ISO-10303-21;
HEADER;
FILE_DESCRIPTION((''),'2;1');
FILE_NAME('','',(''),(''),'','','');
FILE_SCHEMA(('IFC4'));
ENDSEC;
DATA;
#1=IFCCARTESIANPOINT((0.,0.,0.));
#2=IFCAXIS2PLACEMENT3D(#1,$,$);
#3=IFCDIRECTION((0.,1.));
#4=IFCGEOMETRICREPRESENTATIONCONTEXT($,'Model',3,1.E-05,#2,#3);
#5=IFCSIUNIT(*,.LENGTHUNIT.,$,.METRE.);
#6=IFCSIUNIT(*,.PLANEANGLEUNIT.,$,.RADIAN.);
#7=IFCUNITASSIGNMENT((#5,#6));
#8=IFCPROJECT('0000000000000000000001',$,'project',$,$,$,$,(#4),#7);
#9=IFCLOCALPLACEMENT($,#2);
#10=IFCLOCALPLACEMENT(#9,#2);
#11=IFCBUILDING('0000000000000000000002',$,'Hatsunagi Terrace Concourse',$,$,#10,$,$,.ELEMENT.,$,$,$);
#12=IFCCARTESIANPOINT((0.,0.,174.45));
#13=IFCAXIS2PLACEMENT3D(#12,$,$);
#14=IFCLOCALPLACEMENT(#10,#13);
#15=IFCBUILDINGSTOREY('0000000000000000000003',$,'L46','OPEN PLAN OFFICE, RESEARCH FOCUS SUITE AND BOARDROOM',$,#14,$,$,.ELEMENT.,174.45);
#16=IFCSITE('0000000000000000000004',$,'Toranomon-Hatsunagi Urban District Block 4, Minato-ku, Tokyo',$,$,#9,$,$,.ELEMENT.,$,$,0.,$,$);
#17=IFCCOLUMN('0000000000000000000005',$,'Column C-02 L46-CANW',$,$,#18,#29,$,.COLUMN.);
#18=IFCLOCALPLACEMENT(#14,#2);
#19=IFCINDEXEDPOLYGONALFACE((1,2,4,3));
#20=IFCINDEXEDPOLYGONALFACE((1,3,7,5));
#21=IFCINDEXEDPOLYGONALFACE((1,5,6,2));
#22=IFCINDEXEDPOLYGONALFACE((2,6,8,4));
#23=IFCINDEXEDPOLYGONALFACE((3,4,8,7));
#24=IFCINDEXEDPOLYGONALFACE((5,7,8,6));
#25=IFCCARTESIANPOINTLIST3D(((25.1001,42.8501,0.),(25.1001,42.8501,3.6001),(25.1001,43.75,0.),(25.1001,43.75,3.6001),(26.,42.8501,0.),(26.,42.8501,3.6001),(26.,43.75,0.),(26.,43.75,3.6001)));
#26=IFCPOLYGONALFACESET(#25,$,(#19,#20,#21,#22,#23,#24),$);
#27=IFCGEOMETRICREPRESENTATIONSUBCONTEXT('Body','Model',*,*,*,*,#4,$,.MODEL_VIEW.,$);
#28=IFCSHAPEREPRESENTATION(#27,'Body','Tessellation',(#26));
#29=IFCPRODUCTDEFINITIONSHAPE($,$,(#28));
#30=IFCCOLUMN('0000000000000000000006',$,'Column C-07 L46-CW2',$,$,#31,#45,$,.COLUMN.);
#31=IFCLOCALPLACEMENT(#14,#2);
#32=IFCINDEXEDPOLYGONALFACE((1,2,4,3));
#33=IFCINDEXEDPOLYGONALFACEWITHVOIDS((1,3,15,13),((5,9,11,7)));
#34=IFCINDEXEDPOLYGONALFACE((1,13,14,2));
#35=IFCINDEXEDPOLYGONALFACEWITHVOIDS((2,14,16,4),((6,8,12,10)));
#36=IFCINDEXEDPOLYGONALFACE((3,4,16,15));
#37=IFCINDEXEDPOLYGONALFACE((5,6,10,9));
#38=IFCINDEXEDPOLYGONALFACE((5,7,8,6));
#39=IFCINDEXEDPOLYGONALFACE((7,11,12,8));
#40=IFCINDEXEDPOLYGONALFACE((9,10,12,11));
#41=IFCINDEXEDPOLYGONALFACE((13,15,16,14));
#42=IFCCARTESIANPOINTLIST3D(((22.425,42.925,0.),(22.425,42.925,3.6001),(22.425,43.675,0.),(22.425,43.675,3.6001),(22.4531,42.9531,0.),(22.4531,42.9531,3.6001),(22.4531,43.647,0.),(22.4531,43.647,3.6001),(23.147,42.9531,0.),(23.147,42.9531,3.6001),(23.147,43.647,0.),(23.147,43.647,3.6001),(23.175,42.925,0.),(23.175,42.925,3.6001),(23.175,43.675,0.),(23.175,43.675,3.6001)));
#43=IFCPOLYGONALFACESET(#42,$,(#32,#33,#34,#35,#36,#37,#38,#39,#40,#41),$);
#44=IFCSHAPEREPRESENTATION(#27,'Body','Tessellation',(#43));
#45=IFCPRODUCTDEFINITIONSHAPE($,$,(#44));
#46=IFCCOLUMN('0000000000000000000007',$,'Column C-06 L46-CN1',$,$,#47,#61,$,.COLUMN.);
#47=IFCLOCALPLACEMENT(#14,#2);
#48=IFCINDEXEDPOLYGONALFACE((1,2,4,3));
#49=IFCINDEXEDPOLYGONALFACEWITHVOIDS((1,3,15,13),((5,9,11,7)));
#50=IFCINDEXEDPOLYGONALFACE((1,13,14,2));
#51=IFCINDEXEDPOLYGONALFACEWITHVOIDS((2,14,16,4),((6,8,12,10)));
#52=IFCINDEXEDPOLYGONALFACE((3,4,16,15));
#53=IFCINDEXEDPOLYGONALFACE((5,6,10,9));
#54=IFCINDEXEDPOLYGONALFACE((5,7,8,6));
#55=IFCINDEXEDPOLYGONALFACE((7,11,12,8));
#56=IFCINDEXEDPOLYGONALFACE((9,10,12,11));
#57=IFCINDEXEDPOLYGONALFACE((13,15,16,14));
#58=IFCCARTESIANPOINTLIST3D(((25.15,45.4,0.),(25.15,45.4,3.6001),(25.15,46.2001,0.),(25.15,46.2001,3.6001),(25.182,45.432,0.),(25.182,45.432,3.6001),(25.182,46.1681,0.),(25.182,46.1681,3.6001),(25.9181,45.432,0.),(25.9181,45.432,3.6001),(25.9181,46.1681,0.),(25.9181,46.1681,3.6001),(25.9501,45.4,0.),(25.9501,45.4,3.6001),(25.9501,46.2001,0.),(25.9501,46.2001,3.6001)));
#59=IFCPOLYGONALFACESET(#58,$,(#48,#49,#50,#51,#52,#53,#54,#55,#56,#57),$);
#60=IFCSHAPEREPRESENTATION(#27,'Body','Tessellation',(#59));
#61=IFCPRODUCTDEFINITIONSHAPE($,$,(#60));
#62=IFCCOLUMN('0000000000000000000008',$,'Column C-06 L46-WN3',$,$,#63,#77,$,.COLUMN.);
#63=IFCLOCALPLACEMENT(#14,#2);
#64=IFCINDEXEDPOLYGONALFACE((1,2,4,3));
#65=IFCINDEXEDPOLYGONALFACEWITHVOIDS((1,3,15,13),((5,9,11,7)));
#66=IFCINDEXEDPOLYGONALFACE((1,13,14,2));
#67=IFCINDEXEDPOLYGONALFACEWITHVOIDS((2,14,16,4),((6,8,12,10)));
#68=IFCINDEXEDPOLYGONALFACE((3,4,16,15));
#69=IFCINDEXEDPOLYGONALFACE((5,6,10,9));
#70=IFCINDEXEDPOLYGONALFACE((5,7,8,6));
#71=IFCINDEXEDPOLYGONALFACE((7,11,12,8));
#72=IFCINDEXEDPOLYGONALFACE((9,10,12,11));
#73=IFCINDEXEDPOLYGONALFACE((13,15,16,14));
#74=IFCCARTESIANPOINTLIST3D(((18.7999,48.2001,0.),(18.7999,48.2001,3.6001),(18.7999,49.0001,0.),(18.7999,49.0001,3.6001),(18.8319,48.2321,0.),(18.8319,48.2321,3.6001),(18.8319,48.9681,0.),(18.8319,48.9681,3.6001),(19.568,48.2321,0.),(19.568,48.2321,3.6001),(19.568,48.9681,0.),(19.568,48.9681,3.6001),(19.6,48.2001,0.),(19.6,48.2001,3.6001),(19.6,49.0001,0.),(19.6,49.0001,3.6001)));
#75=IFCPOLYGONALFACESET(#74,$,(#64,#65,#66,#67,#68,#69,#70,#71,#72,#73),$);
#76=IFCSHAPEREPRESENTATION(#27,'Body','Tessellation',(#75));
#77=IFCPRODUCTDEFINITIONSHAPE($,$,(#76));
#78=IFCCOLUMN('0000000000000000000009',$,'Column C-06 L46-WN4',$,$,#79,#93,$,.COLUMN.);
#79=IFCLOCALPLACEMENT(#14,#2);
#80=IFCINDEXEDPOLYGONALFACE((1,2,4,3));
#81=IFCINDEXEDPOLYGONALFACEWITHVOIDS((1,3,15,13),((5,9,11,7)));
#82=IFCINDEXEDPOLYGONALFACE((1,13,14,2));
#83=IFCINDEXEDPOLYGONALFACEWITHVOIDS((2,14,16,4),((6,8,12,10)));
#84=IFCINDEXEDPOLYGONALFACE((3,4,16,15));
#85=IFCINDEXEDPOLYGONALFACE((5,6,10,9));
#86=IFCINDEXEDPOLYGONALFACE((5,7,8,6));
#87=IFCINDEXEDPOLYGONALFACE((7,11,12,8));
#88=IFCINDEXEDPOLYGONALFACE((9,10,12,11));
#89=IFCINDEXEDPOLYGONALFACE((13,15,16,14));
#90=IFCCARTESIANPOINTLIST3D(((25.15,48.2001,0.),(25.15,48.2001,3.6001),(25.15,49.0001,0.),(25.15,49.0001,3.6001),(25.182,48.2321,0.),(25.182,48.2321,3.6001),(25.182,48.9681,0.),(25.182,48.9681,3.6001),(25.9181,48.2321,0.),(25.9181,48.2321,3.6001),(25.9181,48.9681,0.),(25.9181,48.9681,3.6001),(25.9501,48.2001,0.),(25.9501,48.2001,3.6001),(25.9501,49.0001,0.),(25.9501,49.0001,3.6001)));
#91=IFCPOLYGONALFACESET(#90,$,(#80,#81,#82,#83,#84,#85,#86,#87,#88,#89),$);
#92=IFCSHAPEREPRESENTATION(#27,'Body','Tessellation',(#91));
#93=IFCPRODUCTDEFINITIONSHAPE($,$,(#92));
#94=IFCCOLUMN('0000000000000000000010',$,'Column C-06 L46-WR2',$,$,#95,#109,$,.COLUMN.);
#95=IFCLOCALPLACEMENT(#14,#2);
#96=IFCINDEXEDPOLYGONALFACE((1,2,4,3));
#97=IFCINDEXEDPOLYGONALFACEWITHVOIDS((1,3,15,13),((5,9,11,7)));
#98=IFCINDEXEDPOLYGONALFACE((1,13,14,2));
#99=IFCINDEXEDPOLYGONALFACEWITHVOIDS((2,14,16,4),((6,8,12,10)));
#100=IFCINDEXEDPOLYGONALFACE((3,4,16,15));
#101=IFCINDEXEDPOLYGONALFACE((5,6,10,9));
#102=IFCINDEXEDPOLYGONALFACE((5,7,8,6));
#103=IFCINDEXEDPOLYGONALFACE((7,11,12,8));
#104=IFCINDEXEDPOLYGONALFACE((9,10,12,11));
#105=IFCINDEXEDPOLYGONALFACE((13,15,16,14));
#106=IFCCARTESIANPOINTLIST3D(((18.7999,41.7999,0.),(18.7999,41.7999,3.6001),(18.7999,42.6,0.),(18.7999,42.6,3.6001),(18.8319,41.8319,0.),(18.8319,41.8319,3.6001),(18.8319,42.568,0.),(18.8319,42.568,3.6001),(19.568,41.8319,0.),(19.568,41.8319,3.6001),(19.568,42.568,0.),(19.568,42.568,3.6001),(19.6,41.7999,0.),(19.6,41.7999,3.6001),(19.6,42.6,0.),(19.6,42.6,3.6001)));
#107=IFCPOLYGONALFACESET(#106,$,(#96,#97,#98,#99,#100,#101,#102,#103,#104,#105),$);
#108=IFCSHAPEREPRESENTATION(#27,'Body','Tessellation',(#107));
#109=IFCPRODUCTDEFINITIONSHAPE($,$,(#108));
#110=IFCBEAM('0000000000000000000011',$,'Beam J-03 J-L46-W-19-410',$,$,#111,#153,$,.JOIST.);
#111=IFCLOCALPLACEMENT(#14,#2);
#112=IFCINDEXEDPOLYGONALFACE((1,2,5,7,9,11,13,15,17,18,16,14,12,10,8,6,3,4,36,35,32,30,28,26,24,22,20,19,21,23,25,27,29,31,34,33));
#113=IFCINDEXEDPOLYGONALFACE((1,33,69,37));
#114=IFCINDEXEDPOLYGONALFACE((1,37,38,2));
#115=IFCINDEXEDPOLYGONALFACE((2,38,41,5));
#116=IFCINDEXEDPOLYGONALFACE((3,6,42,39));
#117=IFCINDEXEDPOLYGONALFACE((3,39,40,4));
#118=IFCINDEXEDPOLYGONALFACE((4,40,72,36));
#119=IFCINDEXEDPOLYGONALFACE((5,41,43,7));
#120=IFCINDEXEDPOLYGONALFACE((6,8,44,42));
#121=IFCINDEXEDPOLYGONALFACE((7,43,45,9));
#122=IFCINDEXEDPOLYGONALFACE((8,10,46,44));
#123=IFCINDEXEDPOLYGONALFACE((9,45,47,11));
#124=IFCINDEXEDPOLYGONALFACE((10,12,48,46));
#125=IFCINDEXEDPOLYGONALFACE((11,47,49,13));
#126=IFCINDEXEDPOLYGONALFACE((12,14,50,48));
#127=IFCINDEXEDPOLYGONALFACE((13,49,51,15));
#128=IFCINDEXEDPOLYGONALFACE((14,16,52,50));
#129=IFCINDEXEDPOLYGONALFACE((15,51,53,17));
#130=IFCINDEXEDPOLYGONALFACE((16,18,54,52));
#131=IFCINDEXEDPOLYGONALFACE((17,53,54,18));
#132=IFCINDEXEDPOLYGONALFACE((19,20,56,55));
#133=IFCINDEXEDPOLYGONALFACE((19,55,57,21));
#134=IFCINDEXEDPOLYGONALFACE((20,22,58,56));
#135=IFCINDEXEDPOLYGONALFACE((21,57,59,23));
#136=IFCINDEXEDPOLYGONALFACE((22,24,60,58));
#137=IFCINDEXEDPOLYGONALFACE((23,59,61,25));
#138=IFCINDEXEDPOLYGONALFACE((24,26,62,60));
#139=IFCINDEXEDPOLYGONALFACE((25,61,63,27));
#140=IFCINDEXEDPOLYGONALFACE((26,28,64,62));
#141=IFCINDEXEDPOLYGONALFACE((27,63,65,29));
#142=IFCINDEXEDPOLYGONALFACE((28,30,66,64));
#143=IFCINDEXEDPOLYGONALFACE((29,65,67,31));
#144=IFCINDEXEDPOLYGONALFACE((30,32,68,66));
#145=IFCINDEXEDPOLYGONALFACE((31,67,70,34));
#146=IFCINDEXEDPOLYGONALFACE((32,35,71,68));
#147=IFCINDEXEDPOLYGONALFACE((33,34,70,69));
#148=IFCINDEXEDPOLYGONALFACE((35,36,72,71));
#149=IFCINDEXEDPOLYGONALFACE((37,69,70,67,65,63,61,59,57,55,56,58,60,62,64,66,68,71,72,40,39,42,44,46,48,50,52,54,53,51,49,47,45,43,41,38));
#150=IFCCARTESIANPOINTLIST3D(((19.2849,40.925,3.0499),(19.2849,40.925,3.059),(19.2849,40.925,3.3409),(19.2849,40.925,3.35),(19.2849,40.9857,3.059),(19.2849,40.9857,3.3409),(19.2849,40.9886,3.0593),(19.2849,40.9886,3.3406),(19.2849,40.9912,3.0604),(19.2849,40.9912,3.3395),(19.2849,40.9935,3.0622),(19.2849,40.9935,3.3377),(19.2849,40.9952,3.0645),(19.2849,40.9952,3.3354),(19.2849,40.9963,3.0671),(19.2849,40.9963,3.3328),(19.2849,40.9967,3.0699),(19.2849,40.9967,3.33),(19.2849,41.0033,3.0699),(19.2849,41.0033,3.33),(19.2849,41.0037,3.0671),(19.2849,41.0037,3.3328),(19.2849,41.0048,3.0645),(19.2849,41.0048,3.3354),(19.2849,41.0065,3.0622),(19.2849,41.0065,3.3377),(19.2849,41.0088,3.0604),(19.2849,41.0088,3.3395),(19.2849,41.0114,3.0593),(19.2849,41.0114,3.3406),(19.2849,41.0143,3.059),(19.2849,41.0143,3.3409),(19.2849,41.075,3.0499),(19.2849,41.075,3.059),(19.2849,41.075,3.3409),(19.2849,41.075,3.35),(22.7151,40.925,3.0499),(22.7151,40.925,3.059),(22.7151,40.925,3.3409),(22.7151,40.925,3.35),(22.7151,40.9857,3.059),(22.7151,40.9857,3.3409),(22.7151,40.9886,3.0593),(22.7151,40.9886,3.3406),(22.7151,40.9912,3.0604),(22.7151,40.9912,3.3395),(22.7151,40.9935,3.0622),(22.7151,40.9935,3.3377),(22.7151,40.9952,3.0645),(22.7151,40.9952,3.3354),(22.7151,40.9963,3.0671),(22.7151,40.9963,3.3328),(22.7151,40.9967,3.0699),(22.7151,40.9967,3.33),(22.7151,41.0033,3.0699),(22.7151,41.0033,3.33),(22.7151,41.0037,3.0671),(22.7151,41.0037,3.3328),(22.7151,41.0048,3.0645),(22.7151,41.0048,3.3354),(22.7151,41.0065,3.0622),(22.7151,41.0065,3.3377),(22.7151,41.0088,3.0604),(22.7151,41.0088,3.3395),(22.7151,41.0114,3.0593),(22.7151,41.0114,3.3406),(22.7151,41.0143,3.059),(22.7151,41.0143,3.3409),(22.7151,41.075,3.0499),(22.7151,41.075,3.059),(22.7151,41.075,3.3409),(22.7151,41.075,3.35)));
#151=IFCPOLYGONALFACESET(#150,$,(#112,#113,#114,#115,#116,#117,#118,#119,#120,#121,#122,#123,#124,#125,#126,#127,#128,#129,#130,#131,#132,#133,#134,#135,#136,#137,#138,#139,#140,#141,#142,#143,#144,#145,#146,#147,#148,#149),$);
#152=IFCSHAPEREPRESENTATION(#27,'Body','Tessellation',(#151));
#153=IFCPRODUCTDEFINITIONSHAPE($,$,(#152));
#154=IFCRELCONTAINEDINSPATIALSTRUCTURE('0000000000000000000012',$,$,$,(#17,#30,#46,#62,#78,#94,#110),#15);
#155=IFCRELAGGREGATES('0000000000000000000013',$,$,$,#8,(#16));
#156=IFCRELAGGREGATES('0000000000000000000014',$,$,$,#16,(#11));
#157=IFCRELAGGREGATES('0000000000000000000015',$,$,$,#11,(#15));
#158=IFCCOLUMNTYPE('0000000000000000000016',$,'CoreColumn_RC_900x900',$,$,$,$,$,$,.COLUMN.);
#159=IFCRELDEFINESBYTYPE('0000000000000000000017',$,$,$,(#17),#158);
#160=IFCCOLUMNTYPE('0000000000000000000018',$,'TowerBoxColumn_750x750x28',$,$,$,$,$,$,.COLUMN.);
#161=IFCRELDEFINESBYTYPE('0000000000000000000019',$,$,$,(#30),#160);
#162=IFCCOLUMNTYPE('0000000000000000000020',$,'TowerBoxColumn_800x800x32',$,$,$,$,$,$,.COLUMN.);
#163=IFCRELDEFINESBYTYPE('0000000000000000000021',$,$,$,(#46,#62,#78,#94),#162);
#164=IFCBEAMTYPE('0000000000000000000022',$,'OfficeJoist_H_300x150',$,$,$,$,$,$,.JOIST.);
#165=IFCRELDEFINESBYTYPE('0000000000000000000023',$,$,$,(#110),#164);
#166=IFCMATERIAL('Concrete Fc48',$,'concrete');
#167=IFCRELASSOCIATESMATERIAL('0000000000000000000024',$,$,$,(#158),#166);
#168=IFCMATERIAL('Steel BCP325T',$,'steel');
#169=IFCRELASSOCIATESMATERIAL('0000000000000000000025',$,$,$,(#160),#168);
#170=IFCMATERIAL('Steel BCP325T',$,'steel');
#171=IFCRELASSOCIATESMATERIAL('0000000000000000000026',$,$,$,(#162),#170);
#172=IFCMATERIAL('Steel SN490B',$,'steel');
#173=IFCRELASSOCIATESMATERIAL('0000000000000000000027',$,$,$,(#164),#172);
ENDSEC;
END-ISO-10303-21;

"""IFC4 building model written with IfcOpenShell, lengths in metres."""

from ifc_helpers import new_model, si_unit, direction, frame, origin, origin_2d, place, context, subcontext, project, spatial, rectangle, hollow_rectangle, i_section, extrude, material, material_profile, profile_set, type_object, element, save


model = new_model("IFC4")

# Units and contexts
model_context = context("Model", 3, precision=1e-05, world=origin(), true_north=direction((0.0, 1.0)))
body_context = subcontext(model_context, "Body", "Model", "MODEL_VIEW")
ifc_project = project(units=[si_unit("LENGTHUNIT", "METRE"), si_unit("PLANEANGLEUNIT", "RADIAN")], contexts=[model_context])

# Site, building, storey
site_placement = place(None, origin())
site = spatial("IfcSite", under=ifc_project, at=site_placement, Name="Toranomon-Hatsunagi Urban District Block 4, Minato-ku, Tokyo", CompositionType="ELEMENT", RefElevation=0.0)
building_placement = place(site_placement, origin())
building = spatial("IfcBuilding", under=site, at=building_placement, Name="Hatsunagi Terrace Concourse", CompositionType="ELEMENT")
storey_placement = place(building_placement, frame((0.0, 0.0, 174.45)))
storey = spatial("IfcBuildingStorey", under=building, at=storey_placement, Name="L46", Description="OPEN PLAN OFFICE, RESEARCH FOCUS SUITE AND BOARDROOM", CompositionType="ELEMENT", Elevation=174.45)

# Columns
ifc_material_1 = material(Name="Concrete Fc48", Category="concrete")
ifc_material_profile_1 = material_profile(ifc_material_1, rectangle(XDim=0.8999, YDim=0.8999, at=origin_2d()), Name="RC-900x900")
ifc_profile_set_1 = profile_set([ifc_material_profile_1], Name="Concrete Fc48")
column_type_1 = type_object("IfcColumnType", Name="CoreColumn_RC_900x900", PredefinedType="COLUMN", material=ifc_profile_set_1)
column_1_placement = place(storey_placement, frame((25.55, 43.3, 0.0), z_axis=(0.0, 0.0, 1.0), x_axis=(1.0, 0.0, 0.0)))
element("IfcColumn", 1, at=column_1_placement, inside=storey, type_object=column_type_1, Name="Column C-02 L46-CANW", PredefinedType="COLUMN", context=body_context, shape_type="SweptSolid", body=[
    extrude(rectangle(XDim=0.8999, YDim=0.8999, at=origin_2d()), origin(), (0.0, 0.0, 1.0), 3.6001),
])
ifc_material_2 = material(Name="Steel BCP325T", Category="steel")
ifc_material_profile_2 = material_profile(ifc_material_2, hollow_rectangle(XDim=0.75, YDim=0.75, WallThickness=0.0281, at=origin_2d()), Name="BCP-750x750x28")
ifc_profile_set_2 = profile_set([ifc_material_profile_2], Name="Steel BCP325T")
column_type_2 = type_object("IfcColumnType", Name="TowerBoxColumn_750x750x28", PredefinedType="COLUMN", material=ifc_profile_set_2)
column_2_placement = place(storey_placement, frame((22.8, 43.3, 0.0), z_axis=(0.0, 0.0, 1.0), x_axis=(1.0, 0.0, 0.0)))
element("IfcColumn", 2, at=column_2_placement, inside=storey, type_object=column_type_2, Name="Column C-07 L46-CW2", PredefinedType="COLUMN", context=body_context, shape_type="SweptSolid", body=[
    extrude(hollow_rectangle(XDim=0.75, YDim=0.75, WallThickness=0.0281, at=origin_2d()), origin(), (0.0, 0.0, 1.0), 3.6001),
])
ifc_material_3 = material(Name="Steel BCP325T", Category="steel")
ifc_material_profile_3 = material_profile(ifc_material_3, hollow_rectangle(XDim=0.8, YDim=0.8, WallThickness=0.032, at=origin_2d()), Name="BCP-800x800x32")
ifc_profile_set_3 = profile_set([ifc_material_profile_3], Name="Steel BCP325T")
column_type_3 = type_object("IfcColumnType", Name="TowerBoxColumn_800x800x32", PredefinedType="COLUMN", material=ifc_profile_set_3)
for number, where, z_axis, x_axis, name in (
    (3, (25.55, 45.8, 0.0), (0.0, 0.0, 1.0), (1.0, 0.0, 0.0), "Column C-06 L46-CN1"),
    (4, (19.2, 48.6001, 0.0), (0.0, 0.0, 1.0), (1.0, 0.0, 0.0), "Column C-06 L46-WN3"),
    (5, (25.55, 48.6001, 0.0), (0.0, 0.0, 1.0), (1.0, 0.0, 0.0), "Column C-06 L46-WN4"),
    (6, (19.2, 42.2, 0.0), (0.0, 0.0, 1.0), (1.0, 0.0, 0.0), "Column C-06 L46-WR2"),
):
    element("IfcColumn", number, at=place(storey_placement, frame(where, z_axis=z_axis, x_axis=x_axis)), inside=storey, type_object=column_type_3, Name=name, PredefinedType="COLUMN", context=body_context, shape_type="SweptSolid", body=[
        extrude(hollow_rectangle(XDim=0.8, YDim=0.8, WallThickness=0.032, at=origin_2d()), origin(), (0.0, 0.0, 1.0), 3.6001),
    ])

# Beam
ifc_material_4 = material(Name="Steel SN490B", Category="steel")
ifc_material_profile_4 = material_profile(ifc_material_4, i_section(OverallWidth=0.1499, OverallDepth=0.3, WebThickness=0.0066, FlangeThickness=0.009, FilletRadius=0.011, at=origin_2d()), Name="H-300x150x6.5x9")
ifc_profile_set_4 = profile_set([ifc_material_profile_4], Name="Steel SN490B")
beam_type_1 = type_object("IfcBeamType", Name="OfficeJoist_H_300x150", PredefinedType="JOIST", material=ifc_profile_set_4)
beam_1_placement = place(storey_placement, frame((19.2849, 41.0, 3.2), z_axis=(1.0, 0.0, 0.0), x_axis=(0.0, 1.0, 0.0)))
element("IfcBeam", 7, at=beam_1_placement, inside=storey, type_object=beam_type_1, Name="Beam J-03 J-L46-W-19-410", PredefinedType="JOIST", context=body_context, shape_type="SweptSolid", body=[
    extrude(i_section(OverallWidth=0.1499, OverallDepth=0.3, WebThickness=0.0066, FlangeThickness=0.009, FilletRadius=0.011, at=origin_2d()), origin(), (0.0, 0.0, 1.0), 3.4302),
])

save(model, "model.ifc")
